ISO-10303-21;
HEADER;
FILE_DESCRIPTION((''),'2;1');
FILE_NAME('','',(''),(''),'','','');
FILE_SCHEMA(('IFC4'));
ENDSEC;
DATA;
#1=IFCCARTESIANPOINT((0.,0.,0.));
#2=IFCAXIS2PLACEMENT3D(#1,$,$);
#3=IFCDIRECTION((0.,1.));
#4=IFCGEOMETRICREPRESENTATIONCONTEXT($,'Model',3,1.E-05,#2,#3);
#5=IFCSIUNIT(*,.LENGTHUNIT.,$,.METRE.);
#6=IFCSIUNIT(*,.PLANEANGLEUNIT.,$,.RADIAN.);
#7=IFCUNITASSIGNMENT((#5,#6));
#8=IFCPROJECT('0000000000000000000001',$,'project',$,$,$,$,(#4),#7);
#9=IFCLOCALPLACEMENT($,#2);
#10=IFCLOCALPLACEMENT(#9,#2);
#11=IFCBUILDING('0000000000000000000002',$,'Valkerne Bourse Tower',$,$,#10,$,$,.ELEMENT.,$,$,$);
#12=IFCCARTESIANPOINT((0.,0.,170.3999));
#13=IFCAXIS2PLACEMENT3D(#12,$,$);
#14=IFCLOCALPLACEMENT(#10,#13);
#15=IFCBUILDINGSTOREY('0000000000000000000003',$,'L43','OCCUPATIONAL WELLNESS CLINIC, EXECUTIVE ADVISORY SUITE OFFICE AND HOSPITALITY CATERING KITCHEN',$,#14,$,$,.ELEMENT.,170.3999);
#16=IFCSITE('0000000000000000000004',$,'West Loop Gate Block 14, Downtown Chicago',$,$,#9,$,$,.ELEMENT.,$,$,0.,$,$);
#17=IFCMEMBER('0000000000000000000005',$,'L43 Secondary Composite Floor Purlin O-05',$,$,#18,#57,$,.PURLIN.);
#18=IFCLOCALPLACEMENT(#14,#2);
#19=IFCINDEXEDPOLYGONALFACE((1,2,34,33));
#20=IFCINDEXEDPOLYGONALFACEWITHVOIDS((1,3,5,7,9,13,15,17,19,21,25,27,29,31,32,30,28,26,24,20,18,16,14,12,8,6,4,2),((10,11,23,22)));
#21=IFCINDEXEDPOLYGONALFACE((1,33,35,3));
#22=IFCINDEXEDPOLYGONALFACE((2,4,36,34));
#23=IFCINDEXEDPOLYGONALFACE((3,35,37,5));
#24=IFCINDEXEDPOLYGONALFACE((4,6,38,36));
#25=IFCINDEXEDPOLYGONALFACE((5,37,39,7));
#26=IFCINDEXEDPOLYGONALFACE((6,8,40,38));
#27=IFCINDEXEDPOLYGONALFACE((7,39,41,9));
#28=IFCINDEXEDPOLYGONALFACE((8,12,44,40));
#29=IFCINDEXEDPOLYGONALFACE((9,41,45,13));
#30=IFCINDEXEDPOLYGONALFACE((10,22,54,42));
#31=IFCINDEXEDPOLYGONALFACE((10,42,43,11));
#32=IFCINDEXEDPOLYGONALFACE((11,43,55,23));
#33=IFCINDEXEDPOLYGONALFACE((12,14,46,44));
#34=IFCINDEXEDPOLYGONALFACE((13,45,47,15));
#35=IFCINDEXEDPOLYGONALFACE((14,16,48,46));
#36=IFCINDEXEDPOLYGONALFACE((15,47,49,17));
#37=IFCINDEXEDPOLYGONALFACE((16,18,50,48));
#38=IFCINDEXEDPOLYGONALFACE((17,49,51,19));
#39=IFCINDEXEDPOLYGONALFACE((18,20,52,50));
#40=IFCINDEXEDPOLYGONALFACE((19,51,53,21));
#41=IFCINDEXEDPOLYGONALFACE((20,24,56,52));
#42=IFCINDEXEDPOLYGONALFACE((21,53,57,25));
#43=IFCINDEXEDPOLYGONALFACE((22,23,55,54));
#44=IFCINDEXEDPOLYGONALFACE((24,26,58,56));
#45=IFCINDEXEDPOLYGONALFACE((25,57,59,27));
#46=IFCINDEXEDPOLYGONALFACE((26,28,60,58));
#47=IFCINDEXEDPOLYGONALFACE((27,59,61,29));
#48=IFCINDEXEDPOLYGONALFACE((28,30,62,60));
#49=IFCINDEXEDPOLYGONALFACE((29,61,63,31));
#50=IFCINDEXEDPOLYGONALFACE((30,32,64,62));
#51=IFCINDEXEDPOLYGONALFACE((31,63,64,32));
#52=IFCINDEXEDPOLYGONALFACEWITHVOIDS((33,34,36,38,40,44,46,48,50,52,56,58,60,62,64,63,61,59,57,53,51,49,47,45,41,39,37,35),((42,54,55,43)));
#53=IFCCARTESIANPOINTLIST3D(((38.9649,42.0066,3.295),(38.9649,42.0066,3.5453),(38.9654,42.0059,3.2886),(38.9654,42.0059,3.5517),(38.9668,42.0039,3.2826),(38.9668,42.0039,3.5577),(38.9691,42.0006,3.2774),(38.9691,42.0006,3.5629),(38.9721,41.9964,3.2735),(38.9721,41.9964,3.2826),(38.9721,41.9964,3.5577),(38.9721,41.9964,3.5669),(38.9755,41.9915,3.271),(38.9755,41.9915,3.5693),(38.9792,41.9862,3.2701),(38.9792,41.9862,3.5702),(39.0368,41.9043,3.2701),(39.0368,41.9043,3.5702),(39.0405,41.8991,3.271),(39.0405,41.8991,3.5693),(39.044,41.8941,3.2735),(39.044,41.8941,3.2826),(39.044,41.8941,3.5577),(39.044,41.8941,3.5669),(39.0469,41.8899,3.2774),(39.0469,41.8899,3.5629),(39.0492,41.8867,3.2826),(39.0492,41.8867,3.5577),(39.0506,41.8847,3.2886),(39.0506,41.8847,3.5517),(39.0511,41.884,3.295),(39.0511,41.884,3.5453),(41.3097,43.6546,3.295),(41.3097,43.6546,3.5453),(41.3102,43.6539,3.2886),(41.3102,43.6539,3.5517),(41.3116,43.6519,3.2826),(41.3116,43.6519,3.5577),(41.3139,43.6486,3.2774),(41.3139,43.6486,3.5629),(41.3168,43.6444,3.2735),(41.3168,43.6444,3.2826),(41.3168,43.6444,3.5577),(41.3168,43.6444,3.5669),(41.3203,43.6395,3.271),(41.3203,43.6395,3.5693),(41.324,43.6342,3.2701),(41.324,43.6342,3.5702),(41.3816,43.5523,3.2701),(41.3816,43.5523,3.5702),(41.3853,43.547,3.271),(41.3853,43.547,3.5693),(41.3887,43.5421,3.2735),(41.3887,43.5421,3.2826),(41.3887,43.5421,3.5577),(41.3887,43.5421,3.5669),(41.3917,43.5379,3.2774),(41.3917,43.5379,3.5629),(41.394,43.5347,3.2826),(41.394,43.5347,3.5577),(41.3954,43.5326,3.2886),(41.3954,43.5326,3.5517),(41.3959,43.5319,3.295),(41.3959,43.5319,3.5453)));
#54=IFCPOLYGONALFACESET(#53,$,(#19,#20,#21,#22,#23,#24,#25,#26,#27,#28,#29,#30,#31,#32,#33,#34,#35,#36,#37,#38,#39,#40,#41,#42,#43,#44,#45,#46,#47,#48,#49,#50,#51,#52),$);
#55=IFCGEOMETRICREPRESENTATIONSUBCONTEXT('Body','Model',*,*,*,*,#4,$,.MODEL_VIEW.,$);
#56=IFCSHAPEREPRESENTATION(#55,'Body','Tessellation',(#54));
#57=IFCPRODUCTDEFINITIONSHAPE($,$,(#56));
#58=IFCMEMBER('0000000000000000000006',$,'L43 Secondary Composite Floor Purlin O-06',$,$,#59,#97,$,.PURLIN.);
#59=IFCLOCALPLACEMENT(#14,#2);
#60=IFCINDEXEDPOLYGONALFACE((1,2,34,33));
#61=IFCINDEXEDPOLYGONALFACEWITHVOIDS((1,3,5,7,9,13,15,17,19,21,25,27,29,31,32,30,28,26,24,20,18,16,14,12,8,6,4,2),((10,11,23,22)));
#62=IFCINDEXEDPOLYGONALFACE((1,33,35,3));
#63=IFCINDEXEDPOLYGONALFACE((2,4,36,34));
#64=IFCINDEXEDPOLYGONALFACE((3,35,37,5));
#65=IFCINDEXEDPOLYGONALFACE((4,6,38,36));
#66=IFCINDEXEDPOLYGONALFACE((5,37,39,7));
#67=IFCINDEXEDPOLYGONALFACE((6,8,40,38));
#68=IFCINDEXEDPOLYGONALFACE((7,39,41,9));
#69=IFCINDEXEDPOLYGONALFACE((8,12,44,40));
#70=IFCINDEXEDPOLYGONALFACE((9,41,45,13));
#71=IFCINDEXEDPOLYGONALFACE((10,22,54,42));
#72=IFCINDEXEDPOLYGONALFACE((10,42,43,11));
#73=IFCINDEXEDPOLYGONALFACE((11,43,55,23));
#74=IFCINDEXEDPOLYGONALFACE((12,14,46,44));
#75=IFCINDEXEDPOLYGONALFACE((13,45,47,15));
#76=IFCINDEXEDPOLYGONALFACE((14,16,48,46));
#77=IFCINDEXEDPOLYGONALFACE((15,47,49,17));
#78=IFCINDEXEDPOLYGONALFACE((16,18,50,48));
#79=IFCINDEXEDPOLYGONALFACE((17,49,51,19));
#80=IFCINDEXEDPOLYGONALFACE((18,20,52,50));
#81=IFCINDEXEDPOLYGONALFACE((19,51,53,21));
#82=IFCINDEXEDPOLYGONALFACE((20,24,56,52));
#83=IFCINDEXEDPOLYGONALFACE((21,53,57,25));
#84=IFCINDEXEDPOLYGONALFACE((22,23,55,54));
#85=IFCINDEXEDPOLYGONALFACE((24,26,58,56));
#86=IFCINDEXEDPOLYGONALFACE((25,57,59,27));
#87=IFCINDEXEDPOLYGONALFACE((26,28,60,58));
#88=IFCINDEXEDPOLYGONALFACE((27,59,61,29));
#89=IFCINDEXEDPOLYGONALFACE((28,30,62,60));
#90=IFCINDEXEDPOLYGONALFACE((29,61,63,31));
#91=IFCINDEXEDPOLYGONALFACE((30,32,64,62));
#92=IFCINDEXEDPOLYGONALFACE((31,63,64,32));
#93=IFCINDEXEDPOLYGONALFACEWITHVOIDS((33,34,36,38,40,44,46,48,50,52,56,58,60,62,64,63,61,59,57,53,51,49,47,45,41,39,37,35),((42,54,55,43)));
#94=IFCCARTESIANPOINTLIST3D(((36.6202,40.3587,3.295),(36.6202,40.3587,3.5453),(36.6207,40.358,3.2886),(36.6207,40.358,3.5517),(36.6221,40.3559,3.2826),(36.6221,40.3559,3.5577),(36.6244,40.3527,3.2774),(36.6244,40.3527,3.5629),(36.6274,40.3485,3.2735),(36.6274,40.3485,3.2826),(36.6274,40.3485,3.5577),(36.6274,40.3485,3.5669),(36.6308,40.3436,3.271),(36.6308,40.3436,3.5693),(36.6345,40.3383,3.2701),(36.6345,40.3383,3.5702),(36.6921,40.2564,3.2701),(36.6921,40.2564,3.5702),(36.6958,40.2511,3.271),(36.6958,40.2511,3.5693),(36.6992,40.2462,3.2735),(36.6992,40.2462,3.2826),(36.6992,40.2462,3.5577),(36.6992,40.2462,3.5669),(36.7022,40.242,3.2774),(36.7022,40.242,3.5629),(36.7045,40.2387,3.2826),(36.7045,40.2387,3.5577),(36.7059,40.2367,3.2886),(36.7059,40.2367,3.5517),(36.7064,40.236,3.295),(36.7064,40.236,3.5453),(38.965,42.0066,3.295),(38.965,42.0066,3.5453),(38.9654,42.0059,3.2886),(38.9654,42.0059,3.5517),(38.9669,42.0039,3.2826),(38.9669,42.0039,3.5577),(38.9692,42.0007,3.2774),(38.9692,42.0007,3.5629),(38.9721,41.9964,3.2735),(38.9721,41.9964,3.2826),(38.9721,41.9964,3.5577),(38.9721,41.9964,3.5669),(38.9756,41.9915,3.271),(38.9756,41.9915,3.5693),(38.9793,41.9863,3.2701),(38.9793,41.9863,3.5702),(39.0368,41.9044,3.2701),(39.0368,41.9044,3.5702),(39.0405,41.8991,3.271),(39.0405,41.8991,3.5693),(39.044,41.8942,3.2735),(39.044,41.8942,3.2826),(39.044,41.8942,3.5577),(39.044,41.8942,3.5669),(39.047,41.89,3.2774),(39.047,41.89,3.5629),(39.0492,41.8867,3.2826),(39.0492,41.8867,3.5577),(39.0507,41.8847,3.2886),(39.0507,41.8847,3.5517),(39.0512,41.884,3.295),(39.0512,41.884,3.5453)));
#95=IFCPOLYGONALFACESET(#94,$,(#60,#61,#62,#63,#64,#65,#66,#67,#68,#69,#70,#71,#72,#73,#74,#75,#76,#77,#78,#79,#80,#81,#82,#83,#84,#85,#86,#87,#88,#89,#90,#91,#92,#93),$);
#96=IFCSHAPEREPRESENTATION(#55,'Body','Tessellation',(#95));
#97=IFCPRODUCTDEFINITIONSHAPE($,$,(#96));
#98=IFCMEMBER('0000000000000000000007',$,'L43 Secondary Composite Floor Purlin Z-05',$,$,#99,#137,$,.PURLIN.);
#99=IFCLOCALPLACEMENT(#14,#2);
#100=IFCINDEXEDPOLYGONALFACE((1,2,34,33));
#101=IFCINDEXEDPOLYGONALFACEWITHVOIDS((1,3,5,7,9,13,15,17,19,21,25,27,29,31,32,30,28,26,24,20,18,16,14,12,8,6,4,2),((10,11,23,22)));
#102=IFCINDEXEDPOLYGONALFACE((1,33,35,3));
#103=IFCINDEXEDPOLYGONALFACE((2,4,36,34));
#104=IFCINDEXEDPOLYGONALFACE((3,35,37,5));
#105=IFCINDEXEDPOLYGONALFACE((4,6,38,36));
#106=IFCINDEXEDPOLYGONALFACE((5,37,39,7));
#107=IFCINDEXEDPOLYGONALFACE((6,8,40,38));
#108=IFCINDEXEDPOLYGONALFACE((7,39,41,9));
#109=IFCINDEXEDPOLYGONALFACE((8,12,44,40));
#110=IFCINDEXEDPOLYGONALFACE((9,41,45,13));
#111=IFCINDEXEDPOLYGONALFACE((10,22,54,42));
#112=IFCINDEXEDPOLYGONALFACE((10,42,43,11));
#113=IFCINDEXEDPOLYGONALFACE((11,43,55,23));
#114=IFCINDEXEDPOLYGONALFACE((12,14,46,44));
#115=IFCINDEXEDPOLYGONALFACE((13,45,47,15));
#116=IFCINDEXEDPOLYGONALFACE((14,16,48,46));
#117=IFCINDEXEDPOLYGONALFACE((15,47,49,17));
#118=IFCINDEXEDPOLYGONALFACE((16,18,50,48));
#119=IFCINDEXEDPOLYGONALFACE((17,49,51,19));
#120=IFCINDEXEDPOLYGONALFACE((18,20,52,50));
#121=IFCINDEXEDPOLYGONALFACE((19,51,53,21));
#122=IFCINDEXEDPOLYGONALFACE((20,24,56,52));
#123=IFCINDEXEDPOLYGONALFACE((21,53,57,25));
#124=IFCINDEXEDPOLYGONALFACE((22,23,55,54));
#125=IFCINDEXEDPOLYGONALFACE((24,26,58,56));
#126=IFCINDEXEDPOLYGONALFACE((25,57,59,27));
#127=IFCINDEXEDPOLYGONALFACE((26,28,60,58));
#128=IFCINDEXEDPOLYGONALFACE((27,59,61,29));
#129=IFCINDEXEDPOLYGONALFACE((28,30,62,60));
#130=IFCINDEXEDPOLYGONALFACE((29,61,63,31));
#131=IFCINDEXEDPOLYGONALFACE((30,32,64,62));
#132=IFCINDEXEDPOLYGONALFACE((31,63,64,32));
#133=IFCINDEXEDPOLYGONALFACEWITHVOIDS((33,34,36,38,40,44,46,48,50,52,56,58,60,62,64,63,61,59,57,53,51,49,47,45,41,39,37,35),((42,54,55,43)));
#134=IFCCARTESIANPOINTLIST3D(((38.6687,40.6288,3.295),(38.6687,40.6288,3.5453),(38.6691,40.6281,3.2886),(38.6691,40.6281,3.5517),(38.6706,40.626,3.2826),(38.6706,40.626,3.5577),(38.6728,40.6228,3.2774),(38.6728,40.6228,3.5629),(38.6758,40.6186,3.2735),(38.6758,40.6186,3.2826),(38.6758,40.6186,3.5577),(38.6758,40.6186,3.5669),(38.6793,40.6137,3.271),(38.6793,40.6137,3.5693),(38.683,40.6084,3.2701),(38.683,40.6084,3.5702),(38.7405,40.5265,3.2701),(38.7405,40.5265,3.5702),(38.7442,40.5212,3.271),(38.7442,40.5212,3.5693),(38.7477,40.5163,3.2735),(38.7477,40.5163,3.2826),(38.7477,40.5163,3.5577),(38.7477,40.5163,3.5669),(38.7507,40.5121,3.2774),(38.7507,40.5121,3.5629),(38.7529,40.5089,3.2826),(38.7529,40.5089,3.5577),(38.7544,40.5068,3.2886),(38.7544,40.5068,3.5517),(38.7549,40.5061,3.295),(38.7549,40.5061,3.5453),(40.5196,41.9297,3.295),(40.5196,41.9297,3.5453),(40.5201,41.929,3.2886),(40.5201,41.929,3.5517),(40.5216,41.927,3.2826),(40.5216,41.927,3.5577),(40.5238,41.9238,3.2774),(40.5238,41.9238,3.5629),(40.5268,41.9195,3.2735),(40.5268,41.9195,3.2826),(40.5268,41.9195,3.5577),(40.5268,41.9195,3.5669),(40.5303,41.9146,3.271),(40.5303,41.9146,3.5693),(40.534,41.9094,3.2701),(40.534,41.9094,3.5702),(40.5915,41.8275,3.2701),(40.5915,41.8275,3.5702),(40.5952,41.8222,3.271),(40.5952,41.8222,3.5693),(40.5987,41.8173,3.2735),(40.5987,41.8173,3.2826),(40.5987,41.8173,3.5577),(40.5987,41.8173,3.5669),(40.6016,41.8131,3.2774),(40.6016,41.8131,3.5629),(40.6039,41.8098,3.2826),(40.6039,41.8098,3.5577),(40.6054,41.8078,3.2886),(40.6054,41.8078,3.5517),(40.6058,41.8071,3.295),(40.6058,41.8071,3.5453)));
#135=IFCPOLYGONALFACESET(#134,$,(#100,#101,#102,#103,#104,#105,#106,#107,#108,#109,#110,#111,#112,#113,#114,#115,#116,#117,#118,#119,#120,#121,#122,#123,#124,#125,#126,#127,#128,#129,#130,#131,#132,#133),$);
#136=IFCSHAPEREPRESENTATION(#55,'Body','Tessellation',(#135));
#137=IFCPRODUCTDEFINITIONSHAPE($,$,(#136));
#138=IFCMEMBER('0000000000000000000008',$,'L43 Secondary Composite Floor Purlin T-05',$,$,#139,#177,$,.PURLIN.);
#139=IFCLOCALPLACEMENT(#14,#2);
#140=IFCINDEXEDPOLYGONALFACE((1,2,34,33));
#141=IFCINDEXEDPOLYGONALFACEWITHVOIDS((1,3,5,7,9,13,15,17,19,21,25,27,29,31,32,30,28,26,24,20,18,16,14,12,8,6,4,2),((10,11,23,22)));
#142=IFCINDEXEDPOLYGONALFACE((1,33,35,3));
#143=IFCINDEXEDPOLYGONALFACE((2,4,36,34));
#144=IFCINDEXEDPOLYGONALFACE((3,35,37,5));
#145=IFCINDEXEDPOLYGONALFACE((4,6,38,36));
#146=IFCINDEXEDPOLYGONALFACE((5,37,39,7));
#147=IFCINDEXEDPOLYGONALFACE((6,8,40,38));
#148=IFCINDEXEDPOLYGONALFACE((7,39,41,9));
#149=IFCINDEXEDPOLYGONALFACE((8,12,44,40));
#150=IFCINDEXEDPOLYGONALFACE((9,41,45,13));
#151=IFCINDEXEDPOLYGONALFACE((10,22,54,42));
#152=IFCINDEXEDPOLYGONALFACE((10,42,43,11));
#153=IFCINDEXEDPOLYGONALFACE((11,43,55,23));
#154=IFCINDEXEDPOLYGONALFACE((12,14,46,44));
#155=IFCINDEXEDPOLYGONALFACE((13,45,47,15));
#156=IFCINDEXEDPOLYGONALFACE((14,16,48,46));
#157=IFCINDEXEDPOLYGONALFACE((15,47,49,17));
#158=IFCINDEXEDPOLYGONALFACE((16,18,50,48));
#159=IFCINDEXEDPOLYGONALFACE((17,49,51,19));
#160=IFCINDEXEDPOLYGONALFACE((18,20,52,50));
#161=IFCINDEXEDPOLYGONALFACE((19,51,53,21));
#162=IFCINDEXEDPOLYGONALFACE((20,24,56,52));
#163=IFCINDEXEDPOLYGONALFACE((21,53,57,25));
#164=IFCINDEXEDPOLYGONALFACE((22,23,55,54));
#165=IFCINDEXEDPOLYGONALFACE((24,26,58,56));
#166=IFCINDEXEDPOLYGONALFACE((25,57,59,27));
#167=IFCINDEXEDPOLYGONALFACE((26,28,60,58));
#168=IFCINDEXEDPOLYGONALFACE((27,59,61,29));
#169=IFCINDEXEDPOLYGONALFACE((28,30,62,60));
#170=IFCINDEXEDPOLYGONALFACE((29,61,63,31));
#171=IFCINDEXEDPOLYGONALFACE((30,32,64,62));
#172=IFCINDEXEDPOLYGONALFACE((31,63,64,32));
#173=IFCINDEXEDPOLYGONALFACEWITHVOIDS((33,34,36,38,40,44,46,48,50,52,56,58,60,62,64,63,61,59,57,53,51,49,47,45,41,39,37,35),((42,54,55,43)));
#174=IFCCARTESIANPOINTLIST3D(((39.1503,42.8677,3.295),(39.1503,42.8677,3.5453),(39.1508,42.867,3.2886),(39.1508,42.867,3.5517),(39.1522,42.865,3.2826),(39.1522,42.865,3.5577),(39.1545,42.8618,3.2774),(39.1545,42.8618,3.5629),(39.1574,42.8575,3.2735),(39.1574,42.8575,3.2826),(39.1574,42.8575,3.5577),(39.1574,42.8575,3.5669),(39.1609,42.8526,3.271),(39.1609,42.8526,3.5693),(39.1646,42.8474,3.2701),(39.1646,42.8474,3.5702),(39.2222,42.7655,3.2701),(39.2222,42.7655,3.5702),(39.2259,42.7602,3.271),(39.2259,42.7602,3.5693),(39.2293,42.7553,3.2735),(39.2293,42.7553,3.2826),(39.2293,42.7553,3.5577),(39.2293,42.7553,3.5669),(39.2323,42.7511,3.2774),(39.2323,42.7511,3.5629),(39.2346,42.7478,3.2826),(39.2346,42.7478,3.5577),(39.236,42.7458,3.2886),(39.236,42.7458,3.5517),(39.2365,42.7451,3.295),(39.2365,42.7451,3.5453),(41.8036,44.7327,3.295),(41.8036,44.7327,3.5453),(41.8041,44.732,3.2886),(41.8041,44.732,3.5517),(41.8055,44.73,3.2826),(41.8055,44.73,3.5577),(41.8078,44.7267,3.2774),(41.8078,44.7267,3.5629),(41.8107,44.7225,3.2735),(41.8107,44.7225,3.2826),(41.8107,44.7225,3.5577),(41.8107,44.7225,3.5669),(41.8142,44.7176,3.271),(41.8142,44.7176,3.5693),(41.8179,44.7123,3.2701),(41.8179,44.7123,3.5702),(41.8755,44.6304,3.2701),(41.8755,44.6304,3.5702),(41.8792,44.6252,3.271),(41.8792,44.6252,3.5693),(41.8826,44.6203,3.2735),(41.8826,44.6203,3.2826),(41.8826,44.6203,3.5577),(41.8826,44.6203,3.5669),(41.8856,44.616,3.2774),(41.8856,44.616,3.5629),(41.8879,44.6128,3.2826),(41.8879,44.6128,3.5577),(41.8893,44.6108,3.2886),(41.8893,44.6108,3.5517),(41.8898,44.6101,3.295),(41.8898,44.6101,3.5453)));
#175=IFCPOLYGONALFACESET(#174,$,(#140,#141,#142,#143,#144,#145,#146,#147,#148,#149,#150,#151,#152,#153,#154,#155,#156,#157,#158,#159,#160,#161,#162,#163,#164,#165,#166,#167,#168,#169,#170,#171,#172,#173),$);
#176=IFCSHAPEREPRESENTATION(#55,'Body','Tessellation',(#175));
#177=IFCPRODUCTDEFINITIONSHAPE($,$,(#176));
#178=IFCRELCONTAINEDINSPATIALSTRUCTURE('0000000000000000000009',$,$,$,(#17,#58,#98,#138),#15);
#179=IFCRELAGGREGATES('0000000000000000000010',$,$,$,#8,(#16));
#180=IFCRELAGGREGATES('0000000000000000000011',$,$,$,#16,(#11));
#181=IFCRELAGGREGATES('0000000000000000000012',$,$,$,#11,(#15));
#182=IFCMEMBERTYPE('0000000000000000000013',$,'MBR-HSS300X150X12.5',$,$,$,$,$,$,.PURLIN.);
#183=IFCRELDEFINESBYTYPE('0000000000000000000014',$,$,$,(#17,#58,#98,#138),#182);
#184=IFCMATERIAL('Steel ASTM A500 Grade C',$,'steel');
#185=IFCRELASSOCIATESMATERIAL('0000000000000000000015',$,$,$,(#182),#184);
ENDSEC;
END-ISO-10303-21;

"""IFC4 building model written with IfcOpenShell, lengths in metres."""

from ifc_helpers import new_model, si_unit, direction, frame, origin, origin_2d, place, context, subcontext, project, spatial, hollow_rectangle, extrude, material, material_profile, profile_set, type_object, element, save


model = new_model("IFC4")

# Units and contexts
model_context = context("Model", 3, precision=1e-05, world=origin(), true_north=direction((0.0, 1.0)))
body_context = subcontext(model_context, "Body", "Model", "MODEL_VIEW")
ifc_project = project(units=[si_unit("LENGTHUNIT", "METRE"), si_unit("PLANEANGLEUNIT", "RADIAN")], contexts=[model_context])

# Site, building, storey
site_placement = place(None, origin())
site = spatial("IfcSite", under=ifc_project, at=site_placement, Name="West Loop Gate Block 14, Downtown Chicago", CompositionType="ELEMENT", RefElevation=0.0)
building_placement = place(site_placement, origin())
building = spatial("IfcBuilding", under=site, at=building_placement, Name="Valkerne Bourse Tower", CompositionType="ELEMENT")
storey_placement = place(building_placement, frame((0.0, 0.0, 170.3999)))
storey = spatial("IfcBuildingStorey", under=building, at=storey_placement, Name="L43", Description="OCCUPATIONAL WELLNESS CLINIC, EXECUTIVE ADVISORY SUITE OFFICE AND HOSPITALITY CATERING KITCHEN", CompositionType="ELEMENT", Elevation=170.3999)

# Members
ifc_material_1 = material(Name="Steel ASTM A500 Grade C", Category="steel")
ifc_material_profile_1 = material_profile(ifc_material_1, hollow_rectangle(XDim=0.1499, YDim=0.3, WallThickness=0.0125, OuterFilletRadius=0.0249, at=origin_2d()), Name="HSS300X150X12.5")
ifc_profile_set_1 = profile_set([ifc_material_profile_1], Name="Steel ASTM A500 Grade C")
member_type_1 = type_object("IfcMemberType", Name="MBR-HSS300X150X12.5", PredefinedType="PURLIN", material=ifc_profile_set_1)
for number, where, z_axis, x_axis, name in (
    (1, (41.3528, 43.5933, 3.4202), (-0.818142, -0.575016, 0.0), (0.575016, -0.818142, 0.0), "L43 Secondary Composite Floor Purlin O-05"),
    (2, (39.0081, 41.9453, 3.4202), (-0.818142, -0.575016, 0.0), (0.575016, -0.818142, 0.0), "L43 Secondary Composite Floor Purlin O-06"),
):
    element("IfcMember", number, at=place(storey_placement, frame(where, z_axis=z_axis, x_axis=x_axis)), inside=storey, type_object=member_type_1, Name=name, PredefinedType="PURLIN", context=body_context, shape_type="SweptSolid", body=[
        extrude(hollow_rectangle(XDim=0.1499, YDim=0.3, WallThickness=0.0125, OuterFilletRadius=0.0249, at=origin_2d()), origin(), (0.0, 0.0, 1.0), 2.866),
    ])
member_1_placement = place(storey_placement, frame((40.5627, 41.8684, 3.4202), z_axis=(-0.818135, -0.575026, 0.0), x_axis=(0.575026, -0.818135, 0.0)))
element("IfcMember", 3, at=member_1_placement, inside=storey, type_object=member_type_1, Name="L43 Secondary Composite Floor Purlin Z-05", PredefinedType="PURLIN", context=body_context, shape_type="SweptSolid", body=[
    extrude(hollow_rectangle(XDim=0.1499, YDim=0.3, WallThickness=0.0125, OuterFilletRadius=0.0249, at=origin_2d()), origin(), (0.0, 0.0, 1.0), 2.2625),
])
member_2_placement = place(storey_placement, frame((41.8467, 44.6714, 3.4202), z_axis=(-0.81812, -0.575048, 0.0), x_axis=(0.575048, -0.81812, 0.0)))
element("IfcMember", 4, at=member_2_placement, inside=storey, type_object=member_type_1, Name="L43 Secondary Composite Floor Purlin T-05", PredefinedType="PURLIN", context=body_context, shape_type="SweptSolid", body=[
    extrude(hollow_rectangle(XDim=0.1499, YDim=0.3, WallThickness=0.0125, OuterFilletRadius=0.0249, at=origin_2d()), origin(), (0.0, 0.0, 1.0), 3.2432),
])

save(model, "model.ifc")
